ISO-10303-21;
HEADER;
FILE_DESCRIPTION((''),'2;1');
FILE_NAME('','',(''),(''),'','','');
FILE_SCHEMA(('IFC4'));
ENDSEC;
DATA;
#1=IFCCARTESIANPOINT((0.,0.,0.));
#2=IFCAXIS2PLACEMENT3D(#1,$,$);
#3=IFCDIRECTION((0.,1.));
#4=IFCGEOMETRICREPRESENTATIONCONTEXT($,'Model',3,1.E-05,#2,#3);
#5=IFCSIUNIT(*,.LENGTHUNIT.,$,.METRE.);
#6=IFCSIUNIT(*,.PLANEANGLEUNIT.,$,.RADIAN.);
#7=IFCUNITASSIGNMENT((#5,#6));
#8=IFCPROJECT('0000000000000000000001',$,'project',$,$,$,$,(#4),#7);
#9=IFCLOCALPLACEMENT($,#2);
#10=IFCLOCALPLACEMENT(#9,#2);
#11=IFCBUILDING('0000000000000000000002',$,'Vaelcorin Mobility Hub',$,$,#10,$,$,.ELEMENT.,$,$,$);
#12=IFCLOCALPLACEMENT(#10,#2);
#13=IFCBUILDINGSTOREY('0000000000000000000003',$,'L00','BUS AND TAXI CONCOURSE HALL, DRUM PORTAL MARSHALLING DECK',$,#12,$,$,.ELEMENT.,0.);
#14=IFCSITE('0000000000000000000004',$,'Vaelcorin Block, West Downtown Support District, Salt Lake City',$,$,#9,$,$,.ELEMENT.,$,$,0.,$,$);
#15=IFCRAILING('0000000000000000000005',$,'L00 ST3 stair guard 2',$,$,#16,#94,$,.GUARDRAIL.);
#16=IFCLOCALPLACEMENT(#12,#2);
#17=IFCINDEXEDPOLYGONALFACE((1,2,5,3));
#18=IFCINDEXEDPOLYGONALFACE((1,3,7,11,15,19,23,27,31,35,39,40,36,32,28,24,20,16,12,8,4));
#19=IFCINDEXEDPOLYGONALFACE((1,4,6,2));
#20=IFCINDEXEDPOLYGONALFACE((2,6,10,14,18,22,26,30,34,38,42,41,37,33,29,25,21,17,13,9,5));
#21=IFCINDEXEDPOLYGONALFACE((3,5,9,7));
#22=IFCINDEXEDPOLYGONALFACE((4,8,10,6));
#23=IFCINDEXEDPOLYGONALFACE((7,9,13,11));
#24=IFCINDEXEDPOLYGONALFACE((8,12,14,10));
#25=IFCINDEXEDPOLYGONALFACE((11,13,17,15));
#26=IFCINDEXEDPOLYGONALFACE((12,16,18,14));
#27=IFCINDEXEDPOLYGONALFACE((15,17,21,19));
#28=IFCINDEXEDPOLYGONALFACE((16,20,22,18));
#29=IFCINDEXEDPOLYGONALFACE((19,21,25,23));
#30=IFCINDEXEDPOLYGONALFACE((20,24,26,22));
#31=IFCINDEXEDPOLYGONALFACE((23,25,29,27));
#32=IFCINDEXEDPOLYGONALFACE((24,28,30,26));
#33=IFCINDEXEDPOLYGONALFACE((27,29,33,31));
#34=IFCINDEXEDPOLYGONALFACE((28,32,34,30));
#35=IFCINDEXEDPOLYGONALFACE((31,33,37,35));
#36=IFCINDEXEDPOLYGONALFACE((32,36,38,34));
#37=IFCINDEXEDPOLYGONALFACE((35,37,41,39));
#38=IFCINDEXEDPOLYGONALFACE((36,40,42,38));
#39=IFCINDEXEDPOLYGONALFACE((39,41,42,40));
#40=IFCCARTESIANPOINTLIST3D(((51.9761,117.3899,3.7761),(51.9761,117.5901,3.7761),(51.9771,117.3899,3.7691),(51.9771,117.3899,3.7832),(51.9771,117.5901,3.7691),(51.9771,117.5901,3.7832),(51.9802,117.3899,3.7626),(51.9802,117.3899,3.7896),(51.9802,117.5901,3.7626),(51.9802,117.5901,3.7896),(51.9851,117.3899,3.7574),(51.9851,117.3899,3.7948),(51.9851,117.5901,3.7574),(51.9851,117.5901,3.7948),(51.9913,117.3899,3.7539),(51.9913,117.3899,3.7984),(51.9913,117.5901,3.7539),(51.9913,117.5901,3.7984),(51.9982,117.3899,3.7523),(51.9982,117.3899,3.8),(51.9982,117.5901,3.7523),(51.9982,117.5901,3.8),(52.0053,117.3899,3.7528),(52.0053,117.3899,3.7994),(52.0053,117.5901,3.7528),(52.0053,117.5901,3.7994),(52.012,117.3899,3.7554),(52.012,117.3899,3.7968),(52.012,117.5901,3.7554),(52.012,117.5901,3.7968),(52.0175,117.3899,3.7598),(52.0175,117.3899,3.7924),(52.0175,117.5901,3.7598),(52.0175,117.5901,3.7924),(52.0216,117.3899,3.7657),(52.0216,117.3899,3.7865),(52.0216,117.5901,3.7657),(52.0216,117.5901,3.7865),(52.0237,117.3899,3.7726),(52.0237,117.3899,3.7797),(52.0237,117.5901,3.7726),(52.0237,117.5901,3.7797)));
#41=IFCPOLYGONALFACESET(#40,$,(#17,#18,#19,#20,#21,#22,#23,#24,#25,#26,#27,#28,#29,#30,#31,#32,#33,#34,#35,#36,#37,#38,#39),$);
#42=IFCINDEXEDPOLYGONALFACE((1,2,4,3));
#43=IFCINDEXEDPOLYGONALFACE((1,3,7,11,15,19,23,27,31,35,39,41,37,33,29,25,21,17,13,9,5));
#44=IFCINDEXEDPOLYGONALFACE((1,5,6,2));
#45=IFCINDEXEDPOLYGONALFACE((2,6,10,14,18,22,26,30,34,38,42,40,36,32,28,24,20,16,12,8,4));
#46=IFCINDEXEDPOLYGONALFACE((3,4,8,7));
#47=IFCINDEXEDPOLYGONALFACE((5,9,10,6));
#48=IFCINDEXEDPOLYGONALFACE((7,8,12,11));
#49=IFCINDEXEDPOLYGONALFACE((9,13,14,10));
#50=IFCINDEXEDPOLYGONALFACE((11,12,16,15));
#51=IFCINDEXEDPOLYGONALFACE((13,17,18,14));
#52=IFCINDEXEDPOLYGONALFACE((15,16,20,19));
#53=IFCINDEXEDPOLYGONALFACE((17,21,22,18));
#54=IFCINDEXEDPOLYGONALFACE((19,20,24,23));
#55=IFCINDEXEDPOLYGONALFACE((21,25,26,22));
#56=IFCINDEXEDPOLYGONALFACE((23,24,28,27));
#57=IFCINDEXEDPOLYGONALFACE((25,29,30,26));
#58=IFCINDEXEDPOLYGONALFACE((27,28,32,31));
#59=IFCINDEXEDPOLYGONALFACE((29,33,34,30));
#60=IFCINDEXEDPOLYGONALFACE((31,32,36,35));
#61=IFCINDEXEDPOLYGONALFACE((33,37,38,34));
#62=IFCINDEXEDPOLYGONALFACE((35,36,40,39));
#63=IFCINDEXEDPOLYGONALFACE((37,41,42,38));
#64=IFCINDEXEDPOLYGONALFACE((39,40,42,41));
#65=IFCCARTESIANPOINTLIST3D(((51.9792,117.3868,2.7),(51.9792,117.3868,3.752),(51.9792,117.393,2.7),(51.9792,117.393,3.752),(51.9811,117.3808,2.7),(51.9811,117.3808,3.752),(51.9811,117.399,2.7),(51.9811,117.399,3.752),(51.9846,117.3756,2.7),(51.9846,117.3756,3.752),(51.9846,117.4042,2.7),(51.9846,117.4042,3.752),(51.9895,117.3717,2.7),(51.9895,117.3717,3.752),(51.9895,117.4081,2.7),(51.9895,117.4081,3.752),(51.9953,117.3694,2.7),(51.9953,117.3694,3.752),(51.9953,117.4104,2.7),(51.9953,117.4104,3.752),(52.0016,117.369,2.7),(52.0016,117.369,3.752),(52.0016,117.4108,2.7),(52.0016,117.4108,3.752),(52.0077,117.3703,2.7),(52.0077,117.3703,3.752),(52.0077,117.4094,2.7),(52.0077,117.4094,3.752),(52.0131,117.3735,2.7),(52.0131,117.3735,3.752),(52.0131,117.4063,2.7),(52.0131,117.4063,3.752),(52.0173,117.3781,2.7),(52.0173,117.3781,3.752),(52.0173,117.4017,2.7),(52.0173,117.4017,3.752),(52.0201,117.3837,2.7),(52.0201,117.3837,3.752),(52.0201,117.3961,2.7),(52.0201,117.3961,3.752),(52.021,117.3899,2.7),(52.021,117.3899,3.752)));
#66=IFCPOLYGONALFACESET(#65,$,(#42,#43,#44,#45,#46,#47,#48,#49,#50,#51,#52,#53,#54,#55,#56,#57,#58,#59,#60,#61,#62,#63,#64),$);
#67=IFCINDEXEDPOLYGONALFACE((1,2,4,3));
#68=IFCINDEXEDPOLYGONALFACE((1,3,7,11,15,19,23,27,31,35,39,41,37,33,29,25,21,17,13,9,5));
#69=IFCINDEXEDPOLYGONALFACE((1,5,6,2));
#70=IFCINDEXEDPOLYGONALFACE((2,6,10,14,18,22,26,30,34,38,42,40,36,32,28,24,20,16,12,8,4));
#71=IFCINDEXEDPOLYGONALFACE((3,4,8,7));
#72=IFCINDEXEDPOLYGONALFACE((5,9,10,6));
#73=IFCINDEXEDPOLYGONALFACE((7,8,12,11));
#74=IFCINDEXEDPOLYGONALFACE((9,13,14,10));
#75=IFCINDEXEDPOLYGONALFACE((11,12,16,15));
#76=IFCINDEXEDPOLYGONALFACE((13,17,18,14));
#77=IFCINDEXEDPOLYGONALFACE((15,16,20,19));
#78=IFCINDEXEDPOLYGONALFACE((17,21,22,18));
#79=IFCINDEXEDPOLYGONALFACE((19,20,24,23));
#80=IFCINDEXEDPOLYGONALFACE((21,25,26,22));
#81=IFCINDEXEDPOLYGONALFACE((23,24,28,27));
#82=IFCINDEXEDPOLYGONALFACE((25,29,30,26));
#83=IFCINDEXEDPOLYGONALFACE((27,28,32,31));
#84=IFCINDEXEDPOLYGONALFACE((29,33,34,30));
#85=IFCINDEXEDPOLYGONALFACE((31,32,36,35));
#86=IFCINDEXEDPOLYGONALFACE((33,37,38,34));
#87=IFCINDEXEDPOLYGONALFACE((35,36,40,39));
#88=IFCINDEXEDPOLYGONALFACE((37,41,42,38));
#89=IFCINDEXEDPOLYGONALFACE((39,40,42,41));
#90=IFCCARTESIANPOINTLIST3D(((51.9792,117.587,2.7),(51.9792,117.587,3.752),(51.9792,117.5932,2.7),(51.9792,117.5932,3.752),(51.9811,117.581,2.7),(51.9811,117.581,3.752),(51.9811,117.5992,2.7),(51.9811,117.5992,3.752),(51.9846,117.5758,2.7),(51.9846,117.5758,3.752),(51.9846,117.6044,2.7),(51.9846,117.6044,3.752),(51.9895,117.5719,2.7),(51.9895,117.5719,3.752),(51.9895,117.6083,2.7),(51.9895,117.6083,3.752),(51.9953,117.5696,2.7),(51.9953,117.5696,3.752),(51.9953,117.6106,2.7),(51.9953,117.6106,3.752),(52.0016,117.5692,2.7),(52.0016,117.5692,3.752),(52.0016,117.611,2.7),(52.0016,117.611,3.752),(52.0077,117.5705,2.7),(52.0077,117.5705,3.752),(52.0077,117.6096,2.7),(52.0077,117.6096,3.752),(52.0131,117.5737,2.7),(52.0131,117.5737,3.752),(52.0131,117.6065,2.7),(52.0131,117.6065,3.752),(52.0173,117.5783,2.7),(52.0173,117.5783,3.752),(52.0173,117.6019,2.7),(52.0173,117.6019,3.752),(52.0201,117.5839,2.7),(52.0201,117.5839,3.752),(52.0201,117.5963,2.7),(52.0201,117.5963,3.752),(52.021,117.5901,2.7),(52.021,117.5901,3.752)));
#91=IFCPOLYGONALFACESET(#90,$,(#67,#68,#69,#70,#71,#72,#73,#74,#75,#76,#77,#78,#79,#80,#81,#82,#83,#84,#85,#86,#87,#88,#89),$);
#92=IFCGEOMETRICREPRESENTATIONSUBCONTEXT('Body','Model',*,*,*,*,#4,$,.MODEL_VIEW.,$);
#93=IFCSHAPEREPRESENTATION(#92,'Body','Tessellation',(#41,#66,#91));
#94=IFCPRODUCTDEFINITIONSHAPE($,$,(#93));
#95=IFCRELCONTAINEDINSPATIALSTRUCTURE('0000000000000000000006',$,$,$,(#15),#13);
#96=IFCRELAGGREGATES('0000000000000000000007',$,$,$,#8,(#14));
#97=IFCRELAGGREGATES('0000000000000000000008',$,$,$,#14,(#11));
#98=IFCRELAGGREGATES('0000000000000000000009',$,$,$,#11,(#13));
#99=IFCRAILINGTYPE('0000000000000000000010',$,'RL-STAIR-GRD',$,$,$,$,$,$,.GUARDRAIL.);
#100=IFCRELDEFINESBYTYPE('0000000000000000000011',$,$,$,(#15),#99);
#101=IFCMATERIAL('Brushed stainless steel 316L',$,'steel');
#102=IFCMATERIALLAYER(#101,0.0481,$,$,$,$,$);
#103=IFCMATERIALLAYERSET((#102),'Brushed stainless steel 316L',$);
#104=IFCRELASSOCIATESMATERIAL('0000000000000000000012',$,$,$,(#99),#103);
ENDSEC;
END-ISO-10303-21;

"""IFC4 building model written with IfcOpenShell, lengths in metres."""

from ifc_helpers import new_model, si_unit, direction, frame, origin, origin_2d, place, context, subcontext, project, spatial, circle, extrude, material, layer, layer_set, type_object, element, save


model = new_model("IFC4")

# Units and contexts
model_context = context("Model", 3, precision=1e-05, world=origin(), true_north=direction((0.0, 1.0)))
body_context = subcontext(model_context, "Body", "Model", "MODEL_VIEW")
ifc_project = project(units=[si_unit("LENGTHUNIT", "METRE"), si_unit("PLANEANGLEUNIT", "RADIAN")], contexts=[model_context])

# Site, building, storey
site_placement = place(None, origin())
site = spatial("IfcSite", under=ifc_project, at=site_placement, Name="Vaelcorin Block, West Downtown Support District, Salt Lake City", CompositionType="ELEMENT", RefElevation=0.0)
building_placement = place(site_placement, origin())
building = spatial("IfcBuilding", under=site, at=building_placement, Name="Vaelcorin Mobility Hub", CompositionType="ELEMENT")
storey_placement = place(building_placement, origin())
storey = spatial("IfcBuildingStorey", under=building, at=storey_placement, Name="L00", Description="BUS AND TAXI CONCOURSE HALL, DRUM PORTAL MARSHALLING DECK", CompositionType="ELEMENT", Elevation=0.0)

# Railing
ifc_material_1 = material(Name="Brushed stainless steel 316L", Category="steel")
ifc_layer_1 = layer(ifc_material_1, 0.0481)
ifc_layer_set_1 = layer_set([ifc_layer_1], Name="Brushed stainless steel 316L")
railing_type_1 = type_object("IfcRailingType", Name="RL-STAIR-GRD", PredefinedType="GUARDRAIL", material=ifc_layer_set_1)
railing_1_placement = place(storey_placement, frame((52.0, 117.3899, 2.7)))
element("IfcRailing", 1, at=railing_1_placement, inside=storey, type_object=railing_type_1, Name="L00 ST3 stair guard 2", PredefinedType="GUARDRAIL", context=body_context, shape_type="SweptSolid", body=[
    extrude(circle(Radius=0.0239, at=origin_2d()), frame((0.0, 0.0, 1.0762), z_axis=(0.0, 1.0, 0.0), x_axis=(-1.0, 0.0, 0.0)), (0.0, 0.0, 1.0), 0.2002),
    extrude(circle(Radius=0.021, at=origin_2d()), origin(), (0.0, 0.0, 1.0), 1.052),
    extrude(circle(Radius=0.021, at=origin_2d()), frame((0.0, 0.2002, 0.0)), (0.0, 0.0, 1.0), 1.052),
])

save(model, "model.ifc")
